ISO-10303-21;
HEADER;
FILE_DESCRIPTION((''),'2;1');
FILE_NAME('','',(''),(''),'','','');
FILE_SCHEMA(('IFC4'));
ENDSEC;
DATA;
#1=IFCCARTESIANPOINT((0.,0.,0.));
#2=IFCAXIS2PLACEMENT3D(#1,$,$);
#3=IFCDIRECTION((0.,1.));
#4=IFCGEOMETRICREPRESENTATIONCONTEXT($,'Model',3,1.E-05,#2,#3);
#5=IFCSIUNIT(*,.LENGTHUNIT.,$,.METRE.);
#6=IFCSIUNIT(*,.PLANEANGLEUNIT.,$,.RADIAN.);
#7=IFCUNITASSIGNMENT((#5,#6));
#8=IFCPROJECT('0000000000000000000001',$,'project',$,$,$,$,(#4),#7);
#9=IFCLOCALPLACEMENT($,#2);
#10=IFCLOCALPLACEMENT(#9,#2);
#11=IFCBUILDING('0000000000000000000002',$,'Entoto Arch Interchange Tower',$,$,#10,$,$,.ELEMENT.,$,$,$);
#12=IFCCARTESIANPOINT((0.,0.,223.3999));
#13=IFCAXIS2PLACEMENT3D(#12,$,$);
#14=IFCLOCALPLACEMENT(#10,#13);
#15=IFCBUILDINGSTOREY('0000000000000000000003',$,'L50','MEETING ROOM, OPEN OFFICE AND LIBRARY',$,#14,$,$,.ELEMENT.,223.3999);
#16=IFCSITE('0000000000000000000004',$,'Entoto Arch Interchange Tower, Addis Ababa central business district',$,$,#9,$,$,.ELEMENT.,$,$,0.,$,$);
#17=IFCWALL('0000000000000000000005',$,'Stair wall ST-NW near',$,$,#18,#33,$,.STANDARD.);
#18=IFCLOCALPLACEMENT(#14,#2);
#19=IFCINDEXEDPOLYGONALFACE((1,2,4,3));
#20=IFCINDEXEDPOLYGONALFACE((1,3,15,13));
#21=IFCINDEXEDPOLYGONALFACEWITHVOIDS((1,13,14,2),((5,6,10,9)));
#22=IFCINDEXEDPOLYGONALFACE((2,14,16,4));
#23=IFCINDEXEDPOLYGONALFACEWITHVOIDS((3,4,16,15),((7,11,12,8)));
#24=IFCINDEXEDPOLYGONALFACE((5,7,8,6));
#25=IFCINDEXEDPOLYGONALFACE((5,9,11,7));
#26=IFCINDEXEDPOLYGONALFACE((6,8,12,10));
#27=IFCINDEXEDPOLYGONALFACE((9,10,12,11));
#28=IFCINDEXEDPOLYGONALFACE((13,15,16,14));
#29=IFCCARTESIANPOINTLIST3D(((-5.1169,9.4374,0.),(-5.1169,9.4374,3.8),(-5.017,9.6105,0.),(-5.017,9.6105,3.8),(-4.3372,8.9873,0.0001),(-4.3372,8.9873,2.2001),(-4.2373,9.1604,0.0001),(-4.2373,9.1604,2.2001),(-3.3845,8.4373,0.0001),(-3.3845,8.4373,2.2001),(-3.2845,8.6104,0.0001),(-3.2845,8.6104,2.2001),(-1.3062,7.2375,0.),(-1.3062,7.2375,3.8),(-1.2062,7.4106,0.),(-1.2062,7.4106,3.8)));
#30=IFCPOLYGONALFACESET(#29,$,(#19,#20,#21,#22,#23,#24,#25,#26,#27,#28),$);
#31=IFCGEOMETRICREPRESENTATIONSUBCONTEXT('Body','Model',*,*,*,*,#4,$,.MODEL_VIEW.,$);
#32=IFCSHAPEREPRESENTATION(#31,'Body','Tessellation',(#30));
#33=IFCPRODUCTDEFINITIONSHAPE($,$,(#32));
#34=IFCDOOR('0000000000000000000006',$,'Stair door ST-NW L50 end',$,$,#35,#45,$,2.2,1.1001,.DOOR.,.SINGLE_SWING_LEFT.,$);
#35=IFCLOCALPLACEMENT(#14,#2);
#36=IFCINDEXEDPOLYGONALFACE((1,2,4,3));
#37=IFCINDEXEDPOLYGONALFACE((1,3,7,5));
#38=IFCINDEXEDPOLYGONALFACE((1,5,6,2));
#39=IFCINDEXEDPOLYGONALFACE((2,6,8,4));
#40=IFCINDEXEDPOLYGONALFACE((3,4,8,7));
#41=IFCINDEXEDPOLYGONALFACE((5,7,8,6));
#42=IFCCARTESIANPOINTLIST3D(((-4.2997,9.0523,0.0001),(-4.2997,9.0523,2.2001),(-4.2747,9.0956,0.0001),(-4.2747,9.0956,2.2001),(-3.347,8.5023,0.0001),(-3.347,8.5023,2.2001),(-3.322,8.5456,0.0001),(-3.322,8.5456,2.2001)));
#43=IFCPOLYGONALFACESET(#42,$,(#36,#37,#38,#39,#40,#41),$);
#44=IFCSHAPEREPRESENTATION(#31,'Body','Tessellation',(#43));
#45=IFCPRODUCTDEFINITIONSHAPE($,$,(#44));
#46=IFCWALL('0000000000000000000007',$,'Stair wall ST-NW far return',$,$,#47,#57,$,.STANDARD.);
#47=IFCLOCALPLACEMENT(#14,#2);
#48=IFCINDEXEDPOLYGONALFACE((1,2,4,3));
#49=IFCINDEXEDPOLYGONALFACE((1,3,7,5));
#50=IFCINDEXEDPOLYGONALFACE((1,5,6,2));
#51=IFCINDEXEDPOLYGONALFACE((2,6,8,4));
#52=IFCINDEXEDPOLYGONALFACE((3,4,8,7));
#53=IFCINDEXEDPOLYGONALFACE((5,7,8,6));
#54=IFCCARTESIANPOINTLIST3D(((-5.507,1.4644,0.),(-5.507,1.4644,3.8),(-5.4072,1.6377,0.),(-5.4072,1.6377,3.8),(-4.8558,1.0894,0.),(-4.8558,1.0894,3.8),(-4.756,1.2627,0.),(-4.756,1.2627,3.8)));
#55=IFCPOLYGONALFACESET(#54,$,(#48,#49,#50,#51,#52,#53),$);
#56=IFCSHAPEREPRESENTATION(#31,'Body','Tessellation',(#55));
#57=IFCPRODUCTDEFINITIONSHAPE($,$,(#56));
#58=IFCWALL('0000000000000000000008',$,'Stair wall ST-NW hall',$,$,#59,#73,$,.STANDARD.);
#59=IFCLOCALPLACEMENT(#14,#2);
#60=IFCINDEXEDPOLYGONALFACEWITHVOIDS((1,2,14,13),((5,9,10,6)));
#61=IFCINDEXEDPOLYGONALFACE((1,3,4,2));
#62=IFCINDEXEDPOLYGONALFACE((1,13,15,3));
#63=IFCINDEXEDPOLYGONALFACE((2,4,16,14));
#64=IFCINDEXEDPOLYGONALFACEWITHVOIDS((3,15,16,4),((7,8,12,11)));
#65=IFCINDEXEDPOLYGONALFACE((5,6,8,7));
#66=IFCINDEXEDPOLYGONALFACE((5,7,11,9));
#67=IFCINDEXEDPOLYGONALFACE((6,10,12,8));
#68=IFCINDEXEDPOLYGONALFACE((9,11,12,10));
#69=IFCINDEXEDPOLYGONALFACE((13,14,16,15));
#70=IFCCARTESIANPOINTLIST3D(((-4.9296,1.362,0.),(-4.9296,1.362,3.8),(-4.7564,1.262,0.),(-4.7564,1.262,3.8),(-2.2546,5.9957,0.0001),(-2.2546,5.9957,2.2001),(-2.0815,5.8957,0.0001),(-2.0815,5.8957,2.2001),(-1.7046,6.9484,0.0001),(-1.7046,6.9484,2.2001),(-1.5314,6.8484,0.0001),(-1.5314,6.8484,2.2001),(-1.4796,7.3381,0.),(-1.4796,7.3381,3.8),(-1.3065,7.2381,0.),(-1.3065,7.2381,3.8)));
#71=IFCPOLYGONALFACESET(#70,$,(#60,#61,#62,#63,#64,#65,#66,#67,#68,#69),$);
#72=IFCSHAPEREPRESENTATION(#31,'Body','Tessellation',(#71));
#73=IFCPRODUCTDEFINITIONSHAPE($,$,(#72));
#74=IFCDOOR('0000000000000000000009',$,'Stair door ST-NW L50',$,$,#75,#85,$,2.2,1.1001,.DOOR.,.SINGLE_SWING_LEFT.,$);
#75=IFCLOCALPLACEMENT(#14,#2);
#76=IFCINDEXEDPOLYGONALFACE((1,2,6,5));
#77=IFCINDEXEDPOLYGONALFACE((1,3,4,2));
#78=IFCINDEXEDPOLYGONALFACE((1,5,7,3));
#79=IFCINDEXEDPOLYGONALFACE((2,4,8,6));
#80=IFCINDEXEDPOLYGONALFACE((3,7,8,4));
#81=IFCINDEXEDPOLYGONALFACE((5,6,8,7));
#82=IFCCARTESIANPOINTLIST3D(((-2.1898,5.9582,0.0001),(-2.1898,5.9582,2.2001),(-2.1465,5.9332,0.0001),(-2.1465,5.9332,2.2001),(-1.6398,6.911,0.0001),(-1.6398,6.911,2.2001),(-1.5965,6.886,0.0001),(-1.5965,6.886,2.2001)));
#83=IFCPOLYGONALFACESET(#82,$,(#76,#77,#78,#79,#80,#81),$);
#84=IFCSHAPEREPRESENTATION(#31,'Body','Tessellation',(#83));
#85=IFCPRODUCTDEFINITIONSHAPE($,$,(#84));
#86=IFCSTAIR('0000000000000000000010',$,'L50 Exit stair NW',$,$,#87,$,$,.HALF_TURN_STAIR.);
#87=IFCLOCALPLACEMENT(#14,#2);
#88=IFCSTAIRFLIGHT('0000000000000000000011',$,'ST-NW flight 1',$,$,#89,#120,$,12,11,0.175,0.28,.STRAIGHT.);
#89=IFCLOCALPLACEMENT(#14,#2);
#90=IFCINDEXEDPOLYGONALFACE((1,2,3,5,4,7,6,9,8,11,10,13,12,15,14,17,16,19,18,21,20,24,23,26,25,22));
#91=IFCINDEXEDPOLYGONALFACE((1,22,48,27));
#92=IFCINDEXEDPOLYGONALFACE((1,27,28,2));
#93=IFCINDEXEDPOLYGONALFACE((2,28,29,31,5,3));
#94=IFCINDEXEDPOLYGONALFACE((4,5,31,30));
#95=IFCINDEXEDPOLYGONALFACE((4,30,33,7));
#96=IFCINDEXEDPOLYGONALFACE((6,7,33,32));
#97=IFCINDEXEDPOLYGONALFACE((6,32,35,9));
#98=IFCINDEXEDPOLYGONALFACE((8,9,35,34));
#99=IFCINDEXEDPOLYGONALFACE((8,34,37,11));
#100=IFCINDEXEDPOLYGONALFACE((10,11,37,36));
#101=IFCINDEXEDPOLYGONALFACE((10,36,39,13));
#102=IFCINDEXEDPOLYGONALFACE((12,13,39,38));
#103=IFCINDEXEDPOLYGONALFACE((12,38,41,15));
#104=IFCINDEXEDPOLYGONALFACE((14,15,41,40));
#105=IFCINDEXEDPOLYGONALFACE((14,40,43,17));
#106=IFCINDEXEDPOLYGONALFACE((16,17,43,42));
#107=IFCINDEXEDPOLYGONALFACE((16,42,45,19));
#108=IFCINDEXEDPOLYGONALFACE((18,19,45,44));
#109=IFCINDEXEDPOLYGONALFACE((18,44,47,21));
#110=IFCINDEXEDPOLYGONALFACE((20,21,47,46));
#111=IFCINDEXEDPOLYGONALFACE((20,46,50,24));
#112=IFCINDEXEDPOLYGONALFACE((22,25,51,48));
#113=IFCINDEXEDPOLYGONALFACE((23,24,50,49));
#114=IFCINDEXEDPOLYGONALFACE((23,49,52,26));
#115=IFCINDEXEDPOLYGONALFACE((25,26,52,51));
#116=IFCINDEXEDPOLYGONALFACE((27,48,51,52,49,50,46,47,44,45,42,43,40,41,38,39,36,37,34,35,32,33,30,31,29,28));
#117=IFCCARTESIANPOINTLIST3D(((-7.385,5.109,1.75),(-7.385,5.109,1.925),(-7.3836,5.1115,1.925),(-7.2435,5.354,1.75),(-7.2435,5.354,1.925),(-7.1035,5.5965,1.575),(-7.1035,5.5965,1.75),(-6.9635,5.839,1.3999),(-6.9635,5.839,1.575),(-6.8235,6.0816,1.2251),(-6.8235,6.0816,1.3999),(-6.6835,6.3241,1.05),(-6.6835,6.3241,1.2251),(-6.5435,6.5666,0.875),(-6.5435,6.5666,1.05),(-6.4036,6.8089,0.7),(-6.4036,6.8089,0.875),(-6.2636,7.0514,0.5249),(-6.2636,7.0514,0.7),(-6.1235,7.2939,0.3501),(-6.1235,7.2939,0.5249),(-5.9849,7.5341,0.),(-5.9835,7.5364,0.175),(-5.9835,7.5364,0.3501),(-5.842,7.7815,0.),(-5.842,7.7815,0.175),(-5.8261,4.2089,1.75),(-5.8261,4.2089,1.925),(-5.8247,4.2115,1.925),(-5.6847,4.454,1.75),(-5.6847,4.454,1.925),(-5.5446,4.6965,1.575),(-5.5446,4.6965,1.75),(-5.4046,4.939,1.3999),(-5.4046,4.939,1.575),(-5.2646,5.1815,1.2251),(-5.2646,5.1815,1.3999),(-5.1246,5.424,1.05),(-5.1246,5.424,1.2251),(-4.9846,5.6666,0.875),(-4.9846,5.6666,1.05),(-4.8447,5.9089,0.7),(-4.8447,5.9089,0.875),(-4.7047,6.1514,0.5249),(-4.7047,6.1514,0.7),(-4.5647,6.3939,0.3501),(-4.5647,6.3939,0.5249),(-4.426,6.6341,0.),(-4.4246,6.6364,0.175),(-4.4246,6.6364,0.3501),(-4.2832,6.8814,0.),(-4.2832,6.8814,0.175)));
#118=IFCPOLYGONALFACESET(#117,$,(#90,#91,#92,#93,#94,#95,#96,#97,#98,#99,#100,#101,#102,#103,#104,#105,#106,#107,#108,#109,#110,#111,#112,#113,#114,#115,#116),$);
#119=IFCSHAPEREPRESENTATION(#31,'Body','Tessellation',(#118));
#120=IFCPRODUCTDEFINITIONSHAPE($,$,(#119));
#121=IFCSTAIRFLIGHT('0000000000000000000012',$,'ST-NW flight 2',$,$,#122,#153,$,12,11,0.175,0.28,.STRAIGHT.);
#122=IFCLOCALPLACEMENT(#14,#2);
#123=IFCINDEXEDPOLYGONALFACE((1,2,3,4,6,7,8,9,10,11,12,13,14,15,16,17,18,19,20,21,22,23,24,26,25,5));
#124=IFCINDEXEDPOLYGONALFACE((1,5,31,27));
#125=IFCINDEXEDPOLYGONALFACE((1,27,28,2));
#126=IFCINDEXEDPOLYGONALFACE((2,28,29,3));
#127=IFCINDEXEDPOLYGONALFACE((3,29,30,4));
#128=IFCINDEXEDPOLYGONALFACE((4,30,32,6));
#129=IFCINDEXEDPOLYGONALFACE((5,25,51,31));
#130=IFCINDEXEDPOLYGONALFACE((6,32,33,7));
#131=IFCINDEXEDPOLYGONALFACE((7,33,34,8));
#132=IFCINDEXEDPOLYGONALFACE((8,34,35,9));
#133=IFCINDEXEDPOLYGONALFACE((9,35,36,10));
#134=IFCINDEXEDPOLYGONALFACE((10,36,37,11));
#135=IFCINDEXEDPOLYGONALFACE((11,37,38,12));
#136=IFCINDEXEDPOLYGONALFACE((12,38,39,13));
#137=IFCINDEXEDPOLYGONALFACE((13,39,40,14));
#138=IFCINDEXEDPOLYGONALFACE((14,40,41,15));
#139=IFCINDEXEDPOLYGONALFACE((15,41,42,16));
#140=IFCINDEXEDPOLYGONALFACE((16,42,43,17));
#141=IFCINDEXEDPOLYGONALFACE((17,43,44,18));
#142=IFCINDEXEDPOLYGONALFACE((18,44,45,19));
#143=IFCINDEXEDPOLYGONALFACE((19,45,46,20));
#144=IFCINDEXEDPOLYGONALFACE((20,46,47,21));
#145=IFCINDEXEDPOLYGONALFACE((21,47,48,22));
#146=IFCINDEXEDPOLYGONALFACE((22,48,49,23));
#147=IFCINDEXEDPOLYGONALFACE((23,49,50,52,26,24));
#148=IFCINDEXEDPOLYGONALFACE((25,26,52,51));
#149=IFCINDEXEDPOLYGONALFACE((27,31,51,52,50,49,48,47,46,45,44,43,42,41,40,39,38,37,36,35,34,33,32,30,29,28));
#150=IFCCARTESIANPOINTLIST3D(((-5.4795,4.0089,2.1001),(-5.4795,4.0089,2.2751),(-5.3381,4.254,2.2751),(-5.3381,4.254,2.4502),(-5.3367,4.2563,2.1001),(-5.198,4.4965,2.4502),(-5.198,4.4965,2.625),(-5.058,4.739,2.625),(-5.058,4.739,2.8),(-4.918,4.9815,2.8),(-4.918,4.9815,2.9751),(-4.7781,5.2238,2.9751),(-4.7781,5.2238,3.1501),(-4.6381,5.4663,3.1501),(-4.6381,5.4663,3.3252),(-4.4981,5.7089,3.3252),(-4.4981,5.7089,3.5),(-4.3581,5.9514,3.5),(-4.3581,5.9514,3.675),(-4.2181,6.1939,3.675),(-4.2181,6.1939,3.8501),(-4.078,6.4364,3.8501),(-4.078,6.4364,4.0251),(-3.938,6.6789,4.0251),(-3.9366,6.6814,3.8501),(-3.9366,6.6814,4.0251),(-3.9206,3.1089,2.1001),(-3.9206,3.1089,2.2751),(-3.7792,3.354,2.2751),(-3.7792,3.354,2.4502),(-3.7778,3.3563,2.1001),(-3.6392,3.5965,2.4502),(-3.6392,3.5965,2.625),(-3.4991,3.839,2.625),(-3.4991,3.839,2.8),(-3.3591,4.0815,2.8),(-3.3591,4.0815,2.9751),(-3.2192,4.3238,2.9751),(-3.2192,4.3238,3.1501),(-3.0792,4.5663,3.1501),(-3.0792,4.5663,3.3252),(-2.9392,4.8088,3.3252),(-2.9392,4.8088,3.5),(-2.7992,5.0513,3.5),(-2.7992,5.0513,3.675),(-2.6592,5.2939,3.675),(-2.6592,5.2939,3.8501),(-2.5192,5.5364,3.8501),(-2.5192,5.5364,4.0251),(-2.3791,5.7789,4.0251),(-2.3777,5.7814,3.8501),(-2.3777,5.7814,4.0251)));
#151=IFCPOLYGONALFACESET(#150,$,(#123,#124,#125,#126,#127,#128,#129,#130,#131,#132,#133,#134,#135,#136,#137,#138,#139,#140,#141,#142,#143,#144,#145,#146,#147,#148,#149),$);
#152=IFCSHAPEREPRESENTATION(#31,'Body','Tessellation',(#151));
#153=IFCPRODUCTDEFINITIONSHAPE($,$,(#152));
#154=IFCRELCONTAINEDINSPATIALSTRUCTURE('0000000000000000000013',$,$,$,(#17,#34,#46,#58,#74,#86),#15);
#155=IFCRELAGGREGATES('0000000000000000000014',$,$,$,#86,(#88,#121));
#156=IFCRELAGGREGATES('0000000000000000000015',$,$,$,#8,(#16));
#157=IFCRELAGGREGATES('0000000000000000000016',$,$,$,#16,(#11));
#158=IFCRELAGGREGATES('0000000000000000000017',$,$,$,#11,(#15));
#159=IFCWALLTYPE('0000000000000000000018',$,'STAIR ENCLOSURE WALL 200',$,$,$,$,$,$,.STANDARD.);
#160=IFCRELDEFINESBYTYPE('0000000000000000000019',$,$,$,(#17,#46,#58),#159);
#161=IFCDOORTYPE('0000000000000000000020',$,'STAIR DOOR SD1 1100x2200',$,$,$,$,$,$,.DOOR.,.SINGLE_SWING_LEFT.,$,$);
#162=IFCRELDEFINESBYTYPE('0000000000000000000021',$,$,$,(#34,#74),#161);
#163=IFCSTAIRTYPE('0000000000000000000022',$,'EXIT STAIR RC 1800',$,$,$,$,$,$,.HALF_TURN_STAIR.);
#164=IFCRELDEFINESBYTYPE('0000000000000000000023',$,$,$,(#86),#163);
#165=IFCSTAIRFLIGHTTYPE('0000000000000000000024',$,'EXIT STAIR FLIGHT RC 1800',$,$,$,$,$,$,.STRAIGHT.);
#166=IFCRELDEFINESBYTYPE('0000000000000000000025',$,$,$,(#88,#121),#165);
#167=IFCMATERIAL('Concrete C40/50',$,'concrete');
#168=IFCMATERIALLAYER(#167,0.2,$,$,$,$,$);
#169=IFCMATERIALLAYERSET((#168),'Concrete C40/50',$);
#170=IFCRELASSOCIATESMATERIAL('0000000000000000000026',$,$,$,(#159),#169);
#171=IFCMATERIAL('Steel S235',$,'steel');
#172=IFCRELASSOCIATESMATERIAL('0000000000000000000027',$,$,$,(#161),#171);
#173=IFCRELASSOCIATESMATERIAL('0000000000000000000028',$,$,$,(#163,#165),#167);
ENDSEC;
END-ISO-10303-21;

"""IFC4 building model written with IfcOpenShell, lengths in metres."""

from ifc_helpers import new_model, si_unit, direction, frame, frame_2d, origin, place, context, subcontext, project, spatial, polyline, rectangle, outline, extrude, material, layer, layer_set, type_object, element, fill, aggregate, save


model = new_model("IFC4")

# Units and contexts
model_context = context("Model", 3, precision=1e-05, world=origin(), true_north=direction((0.0, 1.0)))
body_context = subcontext(model_context, "Body", "Model", "MODEL_VIEW")
ifc_project = project(units=[si_unit("LENGTHUNIT", "METRE"), si_unit("PLANEANGLEUNIT", "RADIAN")], contexts=[model_context])

# Site, building, storey
site_placement = place(None, origin())
site = spatial("IfcSite", under=ifc_project, at=site_placement, Name="Entoto Arch Interchange Tower, Addis Ababa central business district", CompositionType="ELEMENT", RefElevation=0.0)
building_placement = place(site_placement, origin())
building = spatial("IfcBuilding", under=site, at=building_placement, Name="Entoto Arch Interchange Tower", CompositionType="ELEMENT")
storey_placement = place(building_placement, frame((0.0, 0.0, 223.3999)))
storey = spatial("IfcBuildingStorey", under=building, at=storey_placement, Name="L50", Description="MEETING ROOM, OPEN OFFICE AND LIBRARY", CompositionType="ELEMENT", Elevation=223.3999)

# Wall, opening, door
ifc_material_1 = material(Name="Concrete C40/50", Category="concrete")
ifc_layer_1 = layer(ifc_material_1, 0.2)
ifc_layer_set_1 = layer_set([ifc_layer_1], Name="Concrete C40/50")
wall_type_1 = type_object("IfcWallType", Name="STAIR ENCLOSURE WALL 200", PredefinedType="STANDARD", material=ifc_layer_set_1)
wall_1_placement = place(storey_placement, frame((-1.2561, 7.324, 0.0), z_axis=(0.0, 0.0, 1.0), x_axis=(-0.866046, 0.499964, 0.0)))
wall_1 = element("IfcWall", 1, at=wall_1_placement, inside=storey, type_object=wall_type_1, Name="Stair wall ST-NW near", PredefinedType="STANDARD", context=body_context, shape_type="SweptSolid", body=[
    extrude(rectangle(XDim=4.4001, YDim=0.2, at=frame_2d((2.2002, 0.0))), origin(), (0.0, 0.0, 1.0), 3.8),
])
opening_1_placement = place(wall_1_placement, frame((2.3999, 0.0, 0.0)))
opening_1 = element("IfcOpeningElement", 2, at=opening_1_placement, cuts=wall_1, PredefinedType="OPENING", context=body_context, shape_type="SweptSolid", body=[
    extrude(rectangle(XDim=1.1001, YDim=2.2, at=frame_2d((0.55, 1.1001))), frame((0.0, 0.1099, 0.0), z_axis=(0.0, -1.0, 0.0), x_axis=(1.0, 0.0, 0.0)), (0.0, 0.0, 1.0), 0.22),
])
ifc_material_2 = material(Name="Steel S235", Category="steel")
door_type_1 = type_object("IfcDoorType", Name="STAIR DOOR SD1 1100x2200", OperationType="SINGLE_SWING_LEFT", PredefinedType="DOOR", material=ifc_material_2)
door_1_placement = place(opening_1_placement, origin())
door_1 = element("IfcDoor", 3, at=door_1_placement, inside=storey, type_object=door_type_1, Name="Stair door ST-NW L50 end", OperationType="SINGLE_SWING_LEFT", OverallHeight=2.2, OverallWidth=1.1001, PredefinedType="DOOR", context=body_context, shape_type="SweptSolid", body=[
    extrude(rectangle(XDim=1.1001, YDim=2.2, at=frame_2d((0.55, 1.1001))), frame((0.0, 0.0249, 0.0), z_axis=(0.0, -1.0, 0.0), x_axis=(1.0, 0.0, 0.0)), (0.0, 0.0, 1.0), 0.05),
])
fill(opening_1, door_1)

# Wall
wall_2_placement = place(storey_placement, frame((-4.8059, 1.176, 0.0), z_axis=(0.0, 0.0, 1.0), x_axis=(-0.866559, 0.499075, 0.0)))
element("IfcWall", 4, at=wall_2_placement, inside=storey, type_object=wall_type_1, Name="Stair wall ST-NW far return", PredefinedType="STANDARD", context=body_context, shape_type="SweptSolid", body=[
    extrude(rectangle(XDim=0.7515, YDim=0.2, at=frame_2d((0.3757, 0.0))), origin(), (0.0, 0.0, 1.0), 3.8),
])

# Wall, opening, door
wall_3_placement = place(storey_placement, frame((-1.3931, 7.2881, 0.0), z_axis=(0.0, 0.0, 1.0), x_axis=(-0.499963, -0.866047, 0.0)))
wall_3 = element("IfcWall", 5, at=wall_3_placement, inside=storey, type_object=wall_type_1, Name="Stair wall ST-NW hall", PredefinedType="STANDARD", context=body_context, shape_type="SweptSolid", body=[
    extrude(rectangle(XDim=6.9004, YDim=0.2, at=frame_2d((3.4502, 0.0))), origin(), (0.0, 0.0, 1.0), 3.8),
])
opening_2_placement = place(wall_3_placement, frame((0.45, 0.0, 0.0)))
opening_2 = element("IfcOpeningElement", 6, at=opening_2_placement, cuts=wall_3, PredefinedType="OPENING", context=body_context, shape_type="SweptSolid", body=[
    extrude(rectangle(XDim=1.1001, YDim=2.2, at=frame_2d((0.55, 1.1001))), frame((0.0, 0.1099, 0.0), z_axis=(0.0, -1.0, 0.0), x_axis=(1.0, 0.0, 0.0)), (0.0, 0.0, 1.0), 0.22),
])
door_2_placement = place(opening_2_placement, origin())
door_2 = element("IfcDoor", 7, at=door_2_placement, inside=storey, type_object=door_type_1, Name="Stair door ST-NW L50", OperationType="SINGLE_SWING_LEFT", OverallHeight=2.2, OverallWidth=1.1001, PredefinedType="DOOR", context=body_context, shape_type="SweptSolid", body=[
    extrude(rectangle(XDim=1.1001, YDim=2.2, at=frame_2d((0.55, 1.1001))), frame((0.0, 0.0249, 0.0), z_axis=(0.0, -1.0, 0.0), x_axis=(1.0, 0.0, 0.0)), (0.0, 0.0, 1.0), 0.05),
])
fill(opening_2, door_2)

# Stair, stair flights
stair_type = type_object("IfcStairType", Name="EXIT STAIR RC 1800", PredefinedType="HALF_TURN_STAIR", material=ifc_material_1)
stair_placement = place(storey_placement, origin())
stair = element("IfcStair", 8, at=stair_placement, inside=storey, type_object=stair_type, Name="L50 Exit stair NW", PredefinedType="HALF_TURN_STAIR")
stair_flight_type = type_object("IfcStairFlightType", Name="EXIT STAIR FLIGHT RC 1800", PredefinedType="STRAIGHT", material=ifc_material_1)
stair_flight_1_placement = place(storey_placement, frame((-5.064, 7.3289, 0.0), z_axis=(0.0, 0.0, 1.0), x_axis=(-0.5, -0.866025, 0.0)))
stair_flight_1 = element("IfcStairFlight", 9, at=stair_flight_1_placement, type_object=stair_flight_type, Name="ST-NW flight 1", NumberOfRisers=12, NumberOfTreads=11, PredefinedType="STRAIGHT", RiserHeight=0.175, TreadLength=0.28, context=body_context, shape_type="SweptSolid", body=[
    extrude(outline(polyline([(-0.0029, 0.0), (-0.0029, 0.175), (0.28, 0.175), (0.28, 0.3501), (0.5601, 0.3501), (0.5601, 0.5249), (0.8401, 0.5249), (0.8401, 0.7), (1.1201, 0.7), (1.1201, 0.875), (1.3999, 0.875), (1.3999, 1.05), (1.6799, 1.05), (1.6799, 1.2251), (1.96, 1.2251), (1.96, 1.3999), (2.24, 1.3999), (2.24, 1.575), (2.52, 1.575), (2.52, 1.75), (2.8, 1.75), (2.8, 1.925), (3.0801, 1.925), (3.083, 1.925), (3.083, 1.75), (0.2827, 0.0), (-0.0029, 0.0)])), frame((0.0, 0.8999, 0.0), z_axis=(0.0, -1.0, 0.0), x_axis=(1.0, 0.0, 0.0)), (0.0, 0.0, 1.0), 1.8),
])
stair_flight_2_placement = place(storey_placement, frame((-4.6987, 3.5615, 2.1001), z_axis=(0.0, 0.0, 1.0), x_axis=(0.5, 0.866025, 0.0)))
stair_flight_2 = element("IfcStairFlight", 10, at=stair_flight_2_placement, type_object=stair_flight_type, Name="ST-NW flight 2", NumberOfRisers=12, NumberOfTreads=11, PredefinedType="STRAIGHT", RiserHeight=0.175, TreadLength=0.28, context=body_context, shape_type="SweptSolid", body=[
    extrude(outline(polyline([(-0.0029, 0.0), (-0.0029, 0.175), (0.28, 0.175), (0.28, 0.3501), (0.5601, 0.3501), (0.5601, 0.5249), (0.8401, 0.5249), (0.8401, 0.7), (1.1201, 0.7), (1.1201, 0.875), (1.3999, 0.875), (1.3999, 1.05), (1.6799, 1.05), (1.6799, 1.2251), (1.96, 1.2251), (1.96, 1.3999), (2.24, 1.3999), (2.24, 1.575), (2.52, 1.575), (2.52, 1.75), (2.8, 1.75), (2.8, 1.925), (3.0801, 1.925), (3.083, 1.925), (3.083, 1.75), (0.2827, 0.0), (-0.0029, 0.0)])), frame((0.0, 0.8999, 0.0), z_axis=(0.0, -1.0, 0.0), x_axis=(1.0, 0.0, 0.0)), (0.0, 0.0, 1.0), 1.8),
])
aggregate(stair, [stair_flight_1, stair_flight_2])

save(model, "model.ifc")
